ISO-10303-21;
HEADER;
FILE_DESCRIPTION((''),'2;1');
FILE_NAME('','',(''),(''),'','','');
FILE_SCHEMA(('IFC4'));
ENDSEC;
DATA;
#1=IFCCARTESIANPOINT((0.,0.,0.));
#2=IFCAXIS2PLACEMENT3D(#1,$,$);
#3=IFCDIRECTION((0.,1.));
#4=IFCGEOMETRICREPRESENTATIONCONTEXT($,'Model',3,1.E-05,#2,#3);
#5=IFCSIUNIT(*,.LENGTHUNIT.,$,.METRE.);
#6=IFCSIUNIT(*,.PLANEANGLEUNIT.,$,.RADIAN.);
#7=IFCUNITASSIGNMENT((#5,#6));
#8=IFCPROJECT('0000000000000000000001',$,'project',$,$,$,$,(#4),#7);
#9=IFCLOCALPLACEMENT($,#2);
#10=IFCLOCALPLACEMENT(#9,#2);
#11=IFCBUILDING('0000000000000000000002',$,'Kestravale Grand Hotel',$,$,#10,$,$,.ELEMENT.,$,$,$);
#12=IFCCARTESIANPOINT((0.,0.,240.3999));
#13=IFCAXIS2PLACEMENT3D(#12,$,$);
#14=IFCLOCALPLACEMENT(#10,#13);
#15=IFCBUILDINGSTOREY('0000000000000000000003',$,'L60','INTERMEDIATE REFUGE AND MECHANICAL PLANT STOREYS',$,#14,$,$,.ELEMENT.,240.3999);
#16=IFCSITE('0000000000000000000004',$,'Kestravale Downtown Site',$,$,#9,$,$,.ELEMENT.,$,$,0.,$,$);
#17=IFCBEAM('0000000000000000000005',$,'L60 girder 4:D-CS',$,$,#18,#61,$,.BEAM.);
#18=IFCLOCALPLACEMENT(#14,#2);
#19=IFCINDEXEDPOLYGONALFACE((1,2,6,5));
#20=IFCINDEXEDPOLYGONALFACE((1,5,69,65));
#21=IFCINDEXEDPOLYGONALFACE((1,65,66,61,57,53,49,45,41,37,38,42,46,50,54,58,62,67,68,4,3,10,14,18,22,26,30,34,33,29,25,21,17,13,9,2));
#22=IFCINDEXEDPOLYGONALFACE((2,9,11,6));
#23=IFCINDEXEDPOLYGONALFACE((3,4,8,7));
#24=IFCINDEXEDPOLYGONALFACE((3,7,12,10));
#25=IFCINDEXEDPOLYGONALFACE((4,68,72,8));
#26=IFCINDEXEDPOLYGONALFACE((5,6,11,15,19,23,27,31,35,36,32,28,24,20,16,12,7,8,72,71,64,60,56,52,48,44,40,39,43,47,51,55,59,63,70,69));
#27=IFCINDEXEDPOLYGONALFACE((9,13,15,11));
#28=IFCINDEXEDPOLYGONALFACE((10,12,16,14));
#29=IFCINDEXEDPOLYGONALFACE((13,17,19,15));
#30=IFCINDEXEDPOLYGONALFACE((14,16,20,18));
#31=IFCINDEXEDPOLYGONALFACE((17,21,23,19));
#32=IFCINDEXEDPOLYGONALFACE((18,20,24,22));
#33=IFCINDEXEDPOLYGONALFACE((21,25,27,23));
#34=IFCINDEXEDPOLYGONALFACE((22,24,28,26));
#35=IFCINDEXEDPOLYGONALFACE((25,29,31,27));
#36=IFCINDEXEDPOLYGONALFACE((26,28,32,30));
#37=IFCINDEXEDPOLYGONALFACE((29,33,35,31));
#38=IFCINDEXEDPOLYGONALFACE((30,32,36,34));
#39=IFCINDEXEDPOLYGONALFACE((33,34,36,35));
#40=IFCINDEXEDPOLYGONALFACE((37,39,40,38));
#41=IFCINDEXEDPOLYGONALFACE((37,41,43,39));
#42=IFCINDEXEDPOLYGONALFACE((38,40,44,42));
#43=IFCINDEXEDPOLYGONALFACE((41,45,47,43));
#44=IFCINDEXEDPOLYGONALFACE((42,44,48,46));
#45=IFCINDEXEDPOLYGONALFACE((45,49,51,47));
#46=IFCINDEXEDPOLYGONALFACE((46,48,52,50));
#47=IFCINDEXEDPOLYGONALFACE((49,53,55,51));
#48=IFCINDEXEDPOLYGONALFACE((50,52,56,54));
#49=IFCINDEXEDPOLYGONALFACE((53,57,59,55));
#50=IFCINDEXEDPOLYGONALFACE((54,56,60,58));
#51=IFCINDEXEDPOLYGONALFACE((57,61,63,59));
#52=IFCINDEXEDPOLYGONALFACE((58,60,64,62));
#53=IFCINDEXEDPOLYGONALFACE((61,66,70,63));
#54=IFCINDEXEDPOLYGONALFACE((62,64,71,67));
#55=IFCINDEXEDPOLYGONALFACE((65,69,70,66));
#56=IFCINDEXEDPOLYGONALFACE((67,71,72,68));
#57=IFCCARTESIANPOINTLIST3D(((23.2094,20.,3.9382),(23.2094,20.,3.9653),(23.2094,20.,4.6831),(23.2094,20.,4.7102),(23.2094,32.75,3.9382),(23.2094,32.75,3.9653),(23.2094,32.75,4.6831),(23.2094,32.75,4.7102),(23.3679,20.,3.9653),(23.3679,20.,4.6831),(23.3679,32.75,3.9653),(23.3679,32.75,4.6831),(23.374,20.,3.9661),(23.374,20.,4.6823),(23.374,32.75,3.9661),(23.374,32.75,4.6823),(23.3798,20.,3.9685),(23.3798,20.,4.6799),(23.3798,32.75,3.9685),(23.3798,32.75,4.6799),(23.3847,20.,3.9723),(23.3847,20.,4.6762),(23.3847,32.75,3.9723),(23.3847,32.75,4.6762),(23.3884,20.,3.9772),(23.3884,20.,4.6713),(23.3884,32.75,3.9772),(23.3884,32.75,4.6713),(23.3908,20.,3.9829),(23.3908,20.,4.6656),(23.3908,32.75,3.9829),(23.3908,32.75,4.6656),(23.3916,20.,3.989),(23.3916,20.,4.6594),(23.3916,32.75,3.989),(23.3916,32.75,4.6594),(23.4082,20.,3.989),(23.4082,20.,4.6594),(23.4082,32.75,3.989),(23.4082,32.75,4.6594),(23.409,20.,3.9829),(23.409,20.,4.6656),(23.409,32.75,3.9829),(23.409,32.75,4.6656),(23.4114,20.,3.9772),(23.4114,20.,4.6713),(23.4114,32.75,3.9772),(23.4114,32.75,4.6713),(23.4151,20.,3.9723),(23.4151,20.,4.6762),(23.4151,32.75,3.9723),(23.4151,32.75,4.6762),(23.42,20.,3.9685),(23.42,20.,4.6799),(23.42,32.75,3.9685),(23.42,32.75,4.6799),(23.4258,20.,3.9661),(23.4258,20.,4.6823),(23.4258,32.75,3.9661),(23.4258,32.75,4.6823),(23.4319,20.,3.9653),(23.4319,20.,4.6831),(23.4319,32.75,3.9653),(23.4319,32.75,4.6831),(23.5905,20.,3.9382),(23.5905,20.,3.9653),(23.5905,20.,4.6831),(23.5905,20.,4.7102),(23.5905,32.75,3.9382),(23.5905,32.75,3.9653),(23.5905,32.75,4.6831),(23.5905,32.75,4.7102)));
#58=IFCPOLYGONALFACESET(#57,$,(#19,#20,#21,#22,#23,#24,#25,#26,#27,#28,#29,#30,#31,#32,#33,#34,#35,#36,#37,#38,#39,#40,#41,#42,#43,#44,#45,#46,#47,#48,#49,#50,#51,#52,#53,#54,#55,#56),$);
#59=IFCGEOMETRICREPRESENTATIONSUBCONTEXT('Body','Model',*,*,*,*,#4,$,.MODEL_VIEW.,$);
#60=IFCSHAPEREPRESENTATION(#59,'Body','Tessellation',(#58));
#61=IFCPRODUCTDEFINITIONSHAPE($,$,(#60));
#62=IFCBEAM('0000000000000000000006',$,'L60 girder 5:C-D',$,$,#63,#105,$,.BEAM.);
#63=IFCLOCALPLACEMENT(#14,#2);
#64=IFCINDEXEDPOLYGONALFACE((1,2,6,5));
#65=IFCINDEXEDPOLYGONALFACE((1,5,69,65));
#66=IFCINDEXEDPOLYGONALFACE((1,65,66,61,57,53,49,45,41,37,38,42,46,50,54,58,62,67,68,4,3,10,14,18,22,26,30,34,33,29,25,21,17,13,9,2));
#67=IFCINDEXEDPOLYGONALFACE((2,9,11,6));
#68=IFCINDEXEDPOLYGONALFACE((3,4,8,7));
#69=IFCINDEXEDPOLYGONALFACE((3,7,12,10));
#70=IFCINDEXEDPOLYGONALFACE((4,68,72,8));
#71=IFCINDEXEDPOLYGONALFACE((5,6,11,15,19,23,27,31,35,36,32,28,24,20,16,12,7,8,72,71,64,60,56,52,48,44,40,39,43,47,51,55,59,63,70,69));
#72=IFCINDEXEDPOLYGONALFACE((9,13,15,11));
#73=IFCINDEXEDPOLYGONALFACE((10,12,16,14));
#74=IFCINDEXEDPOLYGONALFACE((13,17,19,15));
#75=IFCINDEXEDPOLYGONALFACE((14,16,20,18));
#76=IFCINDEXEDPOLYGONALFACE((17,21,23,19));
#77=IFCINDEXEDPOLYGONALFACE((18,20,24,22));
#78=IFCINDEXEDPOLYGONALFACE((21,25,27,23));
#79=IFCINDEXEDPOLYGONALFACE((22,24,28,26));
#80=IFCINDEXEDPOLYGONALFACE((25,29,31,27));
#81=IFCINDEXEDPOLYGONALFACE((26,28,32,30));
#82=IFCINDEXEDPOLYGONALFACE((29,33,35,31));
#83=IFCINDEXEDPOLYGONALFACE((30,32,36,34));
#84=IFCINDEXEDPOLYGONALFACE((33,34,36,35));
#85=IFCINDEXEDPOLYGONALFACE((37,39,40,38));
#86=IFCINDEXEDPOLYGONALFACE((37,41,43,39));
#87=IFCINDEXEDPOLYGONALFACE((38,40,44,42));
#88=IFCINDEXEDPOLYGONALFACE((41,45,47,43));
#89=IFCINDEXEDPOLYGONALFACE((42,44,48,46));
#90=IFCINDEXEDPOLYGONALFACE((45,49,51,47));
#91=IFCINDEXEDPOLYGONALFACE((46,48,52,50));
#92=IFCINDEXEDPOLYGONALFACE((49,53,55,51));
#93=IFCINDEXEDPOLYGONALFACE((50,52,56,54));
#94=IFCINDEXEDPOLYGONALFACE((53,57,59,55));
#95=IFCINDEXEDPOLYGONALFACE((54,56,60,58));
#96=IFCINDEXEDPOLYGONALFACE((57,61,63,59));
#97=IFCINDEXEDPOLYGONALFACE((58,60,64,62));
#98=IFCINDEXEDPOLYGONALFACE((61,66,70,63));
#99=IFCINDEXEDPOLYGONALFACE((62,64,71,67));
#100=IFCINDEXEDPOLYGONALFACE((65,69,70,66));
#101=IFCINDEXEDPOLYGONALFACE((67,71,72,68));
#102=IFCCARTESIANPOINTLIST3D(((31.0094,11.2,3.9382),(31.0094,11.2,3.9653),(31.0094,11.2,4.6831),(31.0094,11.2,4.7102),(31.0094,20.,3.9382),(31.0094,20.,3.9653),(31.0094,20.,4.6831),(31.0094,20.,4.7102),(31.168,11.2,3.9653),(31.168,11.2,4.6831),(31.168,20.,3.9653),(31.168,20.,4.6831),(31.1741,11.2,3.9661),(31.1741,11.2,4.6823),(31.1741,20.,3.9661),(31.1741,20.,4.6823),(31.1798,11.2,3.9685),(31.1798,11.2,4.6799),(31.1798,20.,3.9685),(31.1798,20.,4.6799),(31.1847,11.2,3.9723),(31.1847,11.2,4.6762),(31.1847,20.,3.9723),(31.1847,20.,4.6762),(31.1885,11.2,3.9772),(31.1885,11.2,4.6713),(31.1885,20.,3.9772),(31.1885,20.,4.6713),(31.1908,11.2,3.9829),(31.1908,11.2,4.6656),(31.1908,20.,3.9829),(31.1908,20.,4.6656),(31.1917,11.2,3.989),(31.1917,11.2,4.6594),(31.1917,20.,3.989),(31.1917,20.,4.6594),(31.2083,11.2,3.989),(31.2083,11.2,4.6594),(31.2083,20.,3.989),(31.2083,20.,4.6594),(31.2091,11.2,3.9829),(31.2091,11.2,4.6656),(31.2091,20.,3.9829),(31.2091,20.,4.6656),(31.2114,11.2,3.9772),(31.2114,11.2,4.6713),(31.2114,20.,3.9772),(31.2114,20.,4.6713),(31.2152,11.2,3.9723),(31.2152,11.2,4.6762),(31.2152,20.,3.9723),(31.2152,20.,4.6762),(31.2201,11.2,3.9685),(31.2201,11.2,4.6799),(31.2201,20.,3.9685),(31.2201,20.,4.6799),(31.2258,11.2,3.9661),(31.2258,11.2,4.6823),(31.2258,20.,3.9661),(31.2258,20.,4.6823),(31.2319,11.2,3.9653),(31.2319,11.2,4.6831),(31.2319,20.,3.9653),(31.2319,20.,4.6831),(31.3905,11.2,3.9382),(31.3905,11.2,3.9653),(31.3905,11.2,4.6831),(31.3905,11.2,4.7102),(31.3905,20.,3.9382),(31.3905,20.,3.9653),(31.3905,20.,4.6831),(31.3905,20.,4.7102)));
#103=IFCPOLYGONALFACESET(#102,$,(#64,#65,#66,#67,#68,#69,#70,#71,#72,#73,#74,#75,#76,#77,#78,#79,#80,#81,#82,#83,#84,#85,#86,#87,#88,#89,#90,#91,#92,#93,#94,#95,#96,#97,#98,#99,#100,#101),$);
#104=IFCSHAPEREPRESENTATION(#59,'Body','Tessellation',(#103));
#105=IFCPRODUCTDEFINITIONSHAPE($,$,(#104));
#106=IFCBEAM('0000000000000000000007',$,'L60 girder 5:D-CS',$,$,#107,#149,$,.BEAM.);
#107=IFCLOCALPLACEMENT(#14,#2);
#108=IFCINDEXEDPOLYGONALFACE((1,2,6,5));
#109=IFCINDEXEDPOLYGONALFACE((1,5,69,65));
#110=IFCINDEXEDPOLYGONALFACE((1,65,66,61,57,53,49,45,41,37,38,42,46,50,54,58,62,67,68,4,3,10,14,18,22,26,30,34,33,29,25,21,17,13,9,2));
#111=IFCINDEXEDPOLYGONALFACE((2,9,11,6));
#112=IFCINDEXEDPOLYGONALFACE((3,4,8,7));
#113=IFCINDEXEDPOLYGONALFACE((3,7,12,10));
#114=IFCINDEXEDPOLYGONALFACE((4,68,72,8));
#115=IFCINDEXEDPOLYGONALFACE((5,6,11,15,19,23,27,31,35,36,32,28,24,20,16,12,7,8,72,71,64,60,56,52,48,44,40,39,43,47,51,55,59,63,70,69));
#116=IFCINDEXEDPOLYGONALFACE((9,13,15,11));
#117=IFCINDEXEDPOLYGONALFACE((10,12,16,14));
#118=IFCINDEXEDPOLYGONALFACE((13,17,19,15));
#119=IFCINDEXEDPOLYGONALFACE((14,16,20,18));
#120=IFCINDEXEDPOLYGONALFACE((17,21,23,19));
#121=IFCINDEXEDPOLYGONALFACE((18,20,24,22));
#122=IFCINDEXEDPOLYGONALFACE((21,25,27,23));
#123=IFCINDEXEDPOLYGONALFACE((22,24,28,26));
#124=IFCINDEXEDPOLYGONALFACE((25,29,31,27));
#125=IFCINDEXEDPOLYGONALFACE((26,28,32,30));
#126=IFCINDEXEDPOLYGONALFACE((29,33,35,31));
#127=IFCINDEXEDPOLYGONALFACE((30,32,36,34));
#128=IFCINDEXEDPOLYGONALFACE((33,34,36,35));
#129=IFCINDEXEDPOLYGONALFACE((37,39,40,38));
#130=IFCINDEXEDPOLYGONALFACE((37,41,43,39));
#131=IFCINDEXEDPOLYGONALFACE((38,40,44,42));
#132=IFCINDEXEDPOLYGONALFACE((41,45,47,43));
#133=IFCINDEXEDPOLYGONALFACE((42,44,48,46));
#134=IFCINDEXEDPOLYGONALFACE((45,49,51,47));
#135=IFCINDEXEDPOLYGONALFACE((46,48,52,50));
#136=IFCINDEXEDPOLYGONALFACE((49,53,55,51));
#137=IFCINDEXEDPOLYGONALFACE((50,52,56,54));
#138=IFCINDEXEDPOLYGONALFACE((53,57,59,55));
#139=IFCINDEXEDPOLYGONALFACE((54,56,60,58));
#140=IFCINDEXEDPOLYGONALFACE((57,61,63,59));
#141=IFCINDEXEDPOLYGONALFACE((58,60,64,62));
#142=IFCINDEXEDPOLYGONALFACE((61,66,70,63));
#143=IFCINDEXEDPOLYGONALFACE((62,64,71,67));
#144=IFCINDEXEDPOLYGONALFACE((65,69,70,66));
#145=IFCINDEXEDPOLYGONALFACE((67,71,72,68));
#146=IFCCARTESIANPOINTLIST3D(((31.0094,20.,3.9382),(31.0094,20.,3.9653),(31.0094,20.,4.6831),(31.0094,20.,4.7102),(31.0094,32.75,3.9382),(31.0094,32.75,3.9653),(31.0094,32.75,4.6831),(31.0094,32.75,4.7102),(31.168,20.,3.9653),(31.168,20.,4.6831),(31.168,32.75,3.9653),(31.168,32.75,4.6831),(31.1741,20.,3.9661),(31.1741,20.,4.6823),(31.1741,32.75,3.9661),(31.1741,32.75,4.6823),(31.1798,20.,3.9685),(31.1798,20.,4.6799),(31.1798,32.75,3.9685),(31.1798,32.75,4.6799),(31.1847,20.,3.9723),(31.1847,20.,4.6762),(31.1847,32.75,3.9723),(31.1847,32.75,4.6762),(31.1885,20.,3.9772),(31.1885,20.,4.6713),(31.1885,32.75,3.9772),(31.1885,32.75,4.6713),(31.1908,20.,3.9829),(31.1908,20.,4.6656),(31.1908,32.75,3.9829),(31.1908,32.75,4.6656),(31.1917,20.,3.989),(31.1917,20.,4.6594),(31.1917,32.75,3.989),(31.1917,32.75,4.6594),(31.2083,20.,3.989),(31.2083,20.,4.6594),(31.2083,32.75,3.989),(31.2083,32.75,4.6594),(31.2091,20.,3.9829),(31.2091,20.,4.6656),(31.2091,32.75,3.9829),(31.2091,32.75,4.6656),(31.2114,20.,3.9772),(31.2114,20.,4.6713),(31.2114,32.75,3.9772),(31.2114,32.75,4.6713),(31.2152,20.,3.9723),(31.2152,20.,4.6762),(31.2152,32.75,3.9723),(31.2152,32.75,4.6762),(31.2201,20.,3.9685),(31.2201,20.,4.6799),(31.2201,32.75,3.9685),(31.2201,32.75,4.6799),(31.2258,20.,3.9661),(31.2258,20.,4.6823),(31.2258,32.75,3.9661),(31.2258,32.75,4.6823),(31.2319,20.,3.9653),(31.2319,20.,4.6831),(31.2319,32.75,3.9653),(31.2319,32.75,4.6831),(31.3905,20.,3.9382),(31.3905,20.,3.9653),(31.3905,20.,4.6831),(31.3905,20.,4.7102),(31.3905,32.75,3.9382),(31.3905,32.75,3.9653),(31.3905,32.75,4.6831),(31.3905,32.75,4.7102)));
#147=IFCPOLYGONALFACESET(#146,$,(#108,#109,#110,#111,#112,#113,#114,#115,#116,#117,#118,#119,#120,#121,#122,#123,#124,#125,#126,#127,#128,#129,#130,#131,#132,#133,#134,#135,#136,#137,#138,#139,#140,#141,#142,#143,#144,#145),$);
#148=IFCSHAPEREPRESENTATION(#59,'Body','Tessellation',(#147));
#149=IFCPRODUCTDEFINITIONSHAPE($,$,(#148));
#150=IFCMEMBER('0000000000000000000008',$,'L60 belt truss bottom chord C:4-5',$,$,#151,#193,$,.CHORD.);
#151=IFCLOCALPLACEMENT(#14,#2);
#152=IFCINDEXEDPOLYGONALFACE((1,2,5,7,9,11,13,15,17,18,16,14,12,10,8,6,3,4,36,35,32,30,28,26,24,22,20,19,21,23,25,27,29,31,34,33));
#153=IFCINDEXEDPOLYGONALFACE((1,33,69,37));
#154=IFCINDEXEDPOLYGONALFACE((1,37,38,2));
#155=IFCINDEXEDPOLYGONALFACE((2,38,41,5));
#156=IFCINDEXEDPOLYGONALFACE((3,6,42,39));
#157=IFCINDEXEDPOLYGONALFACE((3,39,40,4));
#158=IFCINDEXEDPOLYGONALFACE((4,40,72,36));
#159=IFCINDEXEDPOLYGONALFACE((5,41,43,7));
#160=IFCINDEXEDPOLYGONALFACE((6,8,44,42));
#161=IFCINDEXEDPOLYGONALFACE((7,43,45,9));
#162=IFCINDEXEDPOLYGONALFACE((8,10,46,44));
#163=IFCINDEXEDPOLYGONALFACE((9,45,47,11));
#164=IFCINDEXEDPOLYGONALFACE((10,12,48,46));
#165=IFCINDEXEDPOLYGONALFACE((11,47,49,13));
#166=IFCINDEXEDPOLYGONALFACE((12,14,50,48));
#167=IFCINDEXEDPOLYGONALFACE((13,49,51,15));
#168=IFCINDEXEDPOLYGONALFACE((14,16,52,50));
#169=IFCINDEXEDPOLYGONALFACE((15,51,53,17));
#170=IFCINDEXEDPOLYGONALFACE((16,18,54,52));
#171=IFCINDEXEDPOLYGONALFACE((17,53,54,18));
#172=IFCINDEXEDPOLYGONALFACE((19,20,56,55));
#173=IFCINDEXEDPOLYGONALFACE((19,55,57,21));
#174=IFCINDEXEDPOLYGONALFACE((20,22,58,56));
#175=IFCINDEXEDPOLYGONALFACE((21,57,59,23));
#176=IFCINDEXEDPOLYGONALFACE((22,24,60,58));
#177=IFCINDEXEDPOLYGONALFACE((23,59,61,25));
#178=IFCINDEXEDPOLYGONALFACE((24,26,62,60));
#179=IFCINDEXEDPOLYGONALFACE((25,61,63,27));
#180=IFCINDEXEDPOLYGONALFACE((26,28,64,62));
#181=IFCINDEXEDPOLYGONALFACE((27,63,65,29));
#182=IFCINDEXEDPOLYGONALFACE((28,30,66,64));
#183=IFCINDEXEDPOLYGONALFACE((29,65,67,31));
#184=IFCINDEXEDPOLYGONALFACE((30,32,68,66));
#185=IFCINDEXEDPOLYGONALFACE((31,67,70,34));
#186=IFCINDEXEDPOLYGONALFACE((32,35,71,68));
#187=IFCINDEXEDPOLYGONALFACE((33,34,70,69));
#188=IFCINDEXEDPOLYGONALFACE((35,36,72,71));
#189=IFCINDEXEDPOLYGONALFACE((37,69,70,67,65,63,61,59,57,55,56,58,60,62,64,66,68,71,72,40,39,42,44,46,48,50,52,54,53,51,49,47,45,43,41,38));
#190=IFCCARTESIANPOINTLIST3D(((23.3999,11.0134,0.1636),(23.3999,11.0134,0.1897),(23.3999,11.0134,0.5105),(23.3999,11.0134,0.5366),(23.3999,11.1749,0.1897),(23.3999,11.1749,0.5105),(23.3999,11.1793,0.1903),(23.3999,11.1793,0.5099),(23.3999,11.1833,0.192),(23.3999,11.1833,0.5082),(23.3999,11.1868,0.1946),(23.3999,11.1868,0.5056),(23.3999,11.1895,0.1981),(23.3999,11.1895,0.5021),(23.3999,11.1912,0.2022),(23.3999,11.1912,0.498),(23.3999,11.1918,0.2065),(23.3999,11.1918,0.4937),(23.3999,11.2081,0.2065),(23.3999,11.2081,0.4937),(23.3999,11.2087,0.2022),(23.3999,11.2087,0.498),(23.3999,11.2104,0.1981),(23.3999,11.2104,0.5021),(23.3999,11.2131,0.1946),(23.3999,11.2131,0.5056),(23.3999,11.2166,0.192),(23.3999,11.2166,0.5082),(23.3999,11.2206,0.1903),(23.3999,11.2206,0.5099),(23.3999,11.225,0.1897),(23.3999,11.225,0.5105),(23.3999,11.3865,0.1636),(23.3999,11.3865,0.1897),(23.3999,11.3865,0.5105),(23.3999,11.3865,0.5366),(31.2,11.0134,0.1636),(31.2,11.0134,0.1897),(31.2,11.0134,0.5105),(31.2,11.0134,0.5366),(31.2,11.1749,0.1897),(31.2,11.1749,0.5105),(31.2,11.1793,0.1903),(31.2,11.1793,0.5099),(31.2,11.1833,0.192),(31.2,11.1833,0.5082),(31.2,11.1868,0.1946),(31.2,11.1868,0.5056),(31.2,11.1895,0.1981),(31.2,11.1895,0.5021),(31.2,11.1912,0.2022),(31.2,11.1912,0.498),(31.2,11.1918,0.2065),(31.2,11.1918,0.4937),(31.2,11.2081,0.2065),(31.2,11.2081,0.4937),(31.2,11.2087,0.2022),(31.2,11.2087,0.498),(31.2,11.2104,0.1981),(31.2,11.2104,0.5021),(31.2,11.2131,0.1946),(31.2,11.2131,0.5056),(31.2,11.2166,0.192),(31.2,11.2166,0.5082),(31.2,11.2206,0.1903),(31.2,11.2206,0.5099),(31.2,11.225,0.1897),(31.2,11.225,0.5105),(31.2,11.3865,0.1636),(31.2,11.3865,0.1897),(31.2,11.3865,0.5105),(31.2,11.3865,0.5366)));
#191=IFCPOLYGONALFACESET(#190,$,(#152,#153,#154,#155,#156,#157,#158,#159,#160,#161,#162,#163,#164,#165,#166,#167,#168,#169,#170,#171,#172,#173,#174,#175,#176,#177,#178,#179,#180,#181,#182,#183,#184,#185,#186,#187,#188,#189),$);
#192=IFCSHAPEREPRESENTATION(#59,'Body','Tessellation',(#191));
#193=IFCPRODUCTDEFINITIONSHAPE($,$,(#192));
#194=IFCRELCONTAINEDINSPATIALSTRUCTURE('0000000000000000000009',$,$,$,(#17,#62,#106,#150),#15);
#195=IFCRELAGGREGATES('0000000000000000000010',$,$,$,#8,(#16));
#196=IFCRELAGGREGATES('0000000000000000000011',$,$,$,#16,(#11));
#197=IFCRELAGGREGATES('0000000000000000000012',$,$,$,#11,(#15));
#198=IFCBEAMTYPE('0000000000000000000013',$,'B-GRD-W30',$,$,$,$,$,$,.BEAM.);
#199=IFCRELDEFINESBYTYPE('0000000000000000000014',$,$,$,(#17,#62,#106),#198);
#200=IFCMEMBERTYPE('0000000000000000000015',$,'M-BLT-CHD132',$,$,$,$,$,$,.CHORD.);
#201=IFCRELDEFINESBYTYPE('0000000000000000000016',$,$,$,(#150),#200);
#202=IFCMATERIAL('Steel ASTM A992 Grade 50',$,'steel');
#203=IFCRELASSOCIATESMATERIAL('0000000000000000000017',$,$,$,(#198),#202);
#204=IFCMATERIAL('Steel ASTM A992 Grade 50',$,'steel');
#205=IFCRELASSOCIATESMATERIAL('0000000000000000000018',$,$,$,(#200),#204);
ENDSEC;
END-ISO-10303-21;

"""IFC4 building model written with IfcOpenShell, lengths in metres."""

from ifc_helpers import new_model, si_unit, direction, frame, origin, origin_2d, place, context, subcontext, project, spatial, i_section, extrude, material, material_profile, profile_set, type_object, element, save


model = new_model("IFC4")

# Units and contexts
model_context = context("Model", 3, precision=1e-05, world=origin(), true_north=direction((0.0, 1.0)))
body_context = subcontext(model_context, "Body", "Model", "MODEL_VIEW")
ifc_project = project(units=[si_unit("LENGTHUNIT", "METRE"), si_unit("PLANEANGLEUNIT", "RADIAN")], contexts=[model_context])

# Site, building, storey
site_placement = place(None, origin())
site = spatial("IfcSite", under=ifc_project, at=site_placement, Name="Kestravale Downtown Site", CompositionType="ELEMENT", RefElevation=0.0)
building_placement = place(site_placement, origin())
building = spatial("IfcBuilding", under=site, at=building_placement, Name="Kestravale Grand Hotel", CompositionType="ELEMENT")
storey_placement = place(building_placement, frame((0.0, 0.0, 240.3999)))
storey = spatial("IfcBuildingStorey", under=building, at=storey_placement, Name="L60", Description="INTERMEDIATE REFUGE AND MECHANICAL PLANT STOREYS", CompositionType="ELEMENT", Elevation=240.3999)

# Beams
ifc_material_1 = material(Name="Steel ASTM A992 Grade 50", Category="steel")
ifc_material_profile_1 = material_profile(ifc_material_1, i_section(OverallWidth=0.3811, OverallDepth=0.772, WebThickness=0.0166, FlangeThickness=0.0271, FilletRadius=0.0237, at=origin_2d()))
ifc_profile_set_1 = profile_set([ifc_material_profile_1], Name="Steel ASTM A992 Grade 50")
beam_type_1 = type_object("IfcBeamType", Name="B-GRD-W30", PredefinedType="BEAM", material=ifc_profile_set_1)
beam_1_placement = place(storey_placement, frame((23.3999, 20.0, 4.3242), z_axis=(0.0, 1.0, 0.0), x_axis=(-1.0, 0.0, 0.0)))
element("IfcBeam", 1, at=beam_1_placement, inside=storey, type_object=beam_type_1, Name="L60 girder 4:D-CS", PredefinedType="BEAM", context=body_context, shape_type="SweptSolid", body=[
    extrude(i_section(OverallWidth=0.3811, OverallDepth=0.772, WebThickness=0.0166, FlangeThickness=0.0271, FilletRadius=0.0237, at=origin_2d()), origin(), (0.0, 0.0, 1.0), 12.75),
])
beam_2_placement = place(storey_placement, frame((31.2, 11.2, 4.3242), z_axis=(0.0, 1.0, 0.0), x_axis=(-1.0, 0.0, 0.0)))
element("IfcBeam", 2, at=beam_2_placement, inside=storey, type_object=beam_type_1, Name="L60 girder 5:C-D", PredefinedType="BEAM", context=body_context, shape_type="SweptSolid", body=[
    extrude(i_section(OverallWidth=0.3811, OverallDepth=0.772, WebThickness=0.0166, FlangeThickness=0.0271, FilletRadius=0.0237, at=origin_2d()), origin(), (0.0, 0.0, 1.0), 8.8),
])
beam_3_placement = place(storey_placement, frame((31.2, 20.0, 4.3242), z_axis=(0.0, 1.0, 0.0), x_axis=(-1.0, 0.0, 0.0)))
element("IfcBeam", 3, at=beam_3_placement, inside=storey, type_object=beam_type_1, Name="L60 girder 5:D-CS", PredefinedType="BEAM", context=body_context, shape_type="SweptSolid", body=[
    extrude(i_section(OverallWidth=0.3811, OverallDepth=0.772, WebThickness=0.0166, FlangeThickness=0.0271, FilletRadius=0.0237, at=origin_2d()), origin(), (0.0, 0.0, 1.0), 12.75),
])

# Member
ifc_material_2 = material(Name="Steel ASTM A992 Grade 50", Category="steel")
ifc_material_profile_2 = material_profile(ifc_material_2, i_section(OverallWidth=0.373, OverallDepth=0.373, WebThickness=0.0164, FlangeThickness=0.0261, FilletRadius=0.0168, at=origin_2d()))
ifc_profile_set_2 = profile_set([ifc_material_profile_2], Name="Steel ASTM A992 Grade 50")
member_type_1 = type_object("IfcMemberType", Name="M-BLT-CHD132", PredefinedType="CHORD", material=ifc_profile_set_2)
member_placement = place(storey_placement, frame((23.3999, 11.2, 0.3501), z_axis=(1.0, 0.0, 0.0), x_axis=(0.0, 1.0, 0.0)))
element("IfcMember", 4, at=member_placement, inside=storey, type_object=member_type_1, Name="L60 belt truss bottom chord C:4-5", PredefinedType="CHORD", context=body_context, shape_type="SweptSolid", body=[
    extrude(i_section(OverallWidth=0.373, OverallDepth=0.373, WebThickness=0.0164, FlangeThickness=0.0261, FilletRadius=0.0168, at=origin_2d()), origin(), (0.0, 0.0, 1.0), 7.8),
])

save(model, "model.ifc")
